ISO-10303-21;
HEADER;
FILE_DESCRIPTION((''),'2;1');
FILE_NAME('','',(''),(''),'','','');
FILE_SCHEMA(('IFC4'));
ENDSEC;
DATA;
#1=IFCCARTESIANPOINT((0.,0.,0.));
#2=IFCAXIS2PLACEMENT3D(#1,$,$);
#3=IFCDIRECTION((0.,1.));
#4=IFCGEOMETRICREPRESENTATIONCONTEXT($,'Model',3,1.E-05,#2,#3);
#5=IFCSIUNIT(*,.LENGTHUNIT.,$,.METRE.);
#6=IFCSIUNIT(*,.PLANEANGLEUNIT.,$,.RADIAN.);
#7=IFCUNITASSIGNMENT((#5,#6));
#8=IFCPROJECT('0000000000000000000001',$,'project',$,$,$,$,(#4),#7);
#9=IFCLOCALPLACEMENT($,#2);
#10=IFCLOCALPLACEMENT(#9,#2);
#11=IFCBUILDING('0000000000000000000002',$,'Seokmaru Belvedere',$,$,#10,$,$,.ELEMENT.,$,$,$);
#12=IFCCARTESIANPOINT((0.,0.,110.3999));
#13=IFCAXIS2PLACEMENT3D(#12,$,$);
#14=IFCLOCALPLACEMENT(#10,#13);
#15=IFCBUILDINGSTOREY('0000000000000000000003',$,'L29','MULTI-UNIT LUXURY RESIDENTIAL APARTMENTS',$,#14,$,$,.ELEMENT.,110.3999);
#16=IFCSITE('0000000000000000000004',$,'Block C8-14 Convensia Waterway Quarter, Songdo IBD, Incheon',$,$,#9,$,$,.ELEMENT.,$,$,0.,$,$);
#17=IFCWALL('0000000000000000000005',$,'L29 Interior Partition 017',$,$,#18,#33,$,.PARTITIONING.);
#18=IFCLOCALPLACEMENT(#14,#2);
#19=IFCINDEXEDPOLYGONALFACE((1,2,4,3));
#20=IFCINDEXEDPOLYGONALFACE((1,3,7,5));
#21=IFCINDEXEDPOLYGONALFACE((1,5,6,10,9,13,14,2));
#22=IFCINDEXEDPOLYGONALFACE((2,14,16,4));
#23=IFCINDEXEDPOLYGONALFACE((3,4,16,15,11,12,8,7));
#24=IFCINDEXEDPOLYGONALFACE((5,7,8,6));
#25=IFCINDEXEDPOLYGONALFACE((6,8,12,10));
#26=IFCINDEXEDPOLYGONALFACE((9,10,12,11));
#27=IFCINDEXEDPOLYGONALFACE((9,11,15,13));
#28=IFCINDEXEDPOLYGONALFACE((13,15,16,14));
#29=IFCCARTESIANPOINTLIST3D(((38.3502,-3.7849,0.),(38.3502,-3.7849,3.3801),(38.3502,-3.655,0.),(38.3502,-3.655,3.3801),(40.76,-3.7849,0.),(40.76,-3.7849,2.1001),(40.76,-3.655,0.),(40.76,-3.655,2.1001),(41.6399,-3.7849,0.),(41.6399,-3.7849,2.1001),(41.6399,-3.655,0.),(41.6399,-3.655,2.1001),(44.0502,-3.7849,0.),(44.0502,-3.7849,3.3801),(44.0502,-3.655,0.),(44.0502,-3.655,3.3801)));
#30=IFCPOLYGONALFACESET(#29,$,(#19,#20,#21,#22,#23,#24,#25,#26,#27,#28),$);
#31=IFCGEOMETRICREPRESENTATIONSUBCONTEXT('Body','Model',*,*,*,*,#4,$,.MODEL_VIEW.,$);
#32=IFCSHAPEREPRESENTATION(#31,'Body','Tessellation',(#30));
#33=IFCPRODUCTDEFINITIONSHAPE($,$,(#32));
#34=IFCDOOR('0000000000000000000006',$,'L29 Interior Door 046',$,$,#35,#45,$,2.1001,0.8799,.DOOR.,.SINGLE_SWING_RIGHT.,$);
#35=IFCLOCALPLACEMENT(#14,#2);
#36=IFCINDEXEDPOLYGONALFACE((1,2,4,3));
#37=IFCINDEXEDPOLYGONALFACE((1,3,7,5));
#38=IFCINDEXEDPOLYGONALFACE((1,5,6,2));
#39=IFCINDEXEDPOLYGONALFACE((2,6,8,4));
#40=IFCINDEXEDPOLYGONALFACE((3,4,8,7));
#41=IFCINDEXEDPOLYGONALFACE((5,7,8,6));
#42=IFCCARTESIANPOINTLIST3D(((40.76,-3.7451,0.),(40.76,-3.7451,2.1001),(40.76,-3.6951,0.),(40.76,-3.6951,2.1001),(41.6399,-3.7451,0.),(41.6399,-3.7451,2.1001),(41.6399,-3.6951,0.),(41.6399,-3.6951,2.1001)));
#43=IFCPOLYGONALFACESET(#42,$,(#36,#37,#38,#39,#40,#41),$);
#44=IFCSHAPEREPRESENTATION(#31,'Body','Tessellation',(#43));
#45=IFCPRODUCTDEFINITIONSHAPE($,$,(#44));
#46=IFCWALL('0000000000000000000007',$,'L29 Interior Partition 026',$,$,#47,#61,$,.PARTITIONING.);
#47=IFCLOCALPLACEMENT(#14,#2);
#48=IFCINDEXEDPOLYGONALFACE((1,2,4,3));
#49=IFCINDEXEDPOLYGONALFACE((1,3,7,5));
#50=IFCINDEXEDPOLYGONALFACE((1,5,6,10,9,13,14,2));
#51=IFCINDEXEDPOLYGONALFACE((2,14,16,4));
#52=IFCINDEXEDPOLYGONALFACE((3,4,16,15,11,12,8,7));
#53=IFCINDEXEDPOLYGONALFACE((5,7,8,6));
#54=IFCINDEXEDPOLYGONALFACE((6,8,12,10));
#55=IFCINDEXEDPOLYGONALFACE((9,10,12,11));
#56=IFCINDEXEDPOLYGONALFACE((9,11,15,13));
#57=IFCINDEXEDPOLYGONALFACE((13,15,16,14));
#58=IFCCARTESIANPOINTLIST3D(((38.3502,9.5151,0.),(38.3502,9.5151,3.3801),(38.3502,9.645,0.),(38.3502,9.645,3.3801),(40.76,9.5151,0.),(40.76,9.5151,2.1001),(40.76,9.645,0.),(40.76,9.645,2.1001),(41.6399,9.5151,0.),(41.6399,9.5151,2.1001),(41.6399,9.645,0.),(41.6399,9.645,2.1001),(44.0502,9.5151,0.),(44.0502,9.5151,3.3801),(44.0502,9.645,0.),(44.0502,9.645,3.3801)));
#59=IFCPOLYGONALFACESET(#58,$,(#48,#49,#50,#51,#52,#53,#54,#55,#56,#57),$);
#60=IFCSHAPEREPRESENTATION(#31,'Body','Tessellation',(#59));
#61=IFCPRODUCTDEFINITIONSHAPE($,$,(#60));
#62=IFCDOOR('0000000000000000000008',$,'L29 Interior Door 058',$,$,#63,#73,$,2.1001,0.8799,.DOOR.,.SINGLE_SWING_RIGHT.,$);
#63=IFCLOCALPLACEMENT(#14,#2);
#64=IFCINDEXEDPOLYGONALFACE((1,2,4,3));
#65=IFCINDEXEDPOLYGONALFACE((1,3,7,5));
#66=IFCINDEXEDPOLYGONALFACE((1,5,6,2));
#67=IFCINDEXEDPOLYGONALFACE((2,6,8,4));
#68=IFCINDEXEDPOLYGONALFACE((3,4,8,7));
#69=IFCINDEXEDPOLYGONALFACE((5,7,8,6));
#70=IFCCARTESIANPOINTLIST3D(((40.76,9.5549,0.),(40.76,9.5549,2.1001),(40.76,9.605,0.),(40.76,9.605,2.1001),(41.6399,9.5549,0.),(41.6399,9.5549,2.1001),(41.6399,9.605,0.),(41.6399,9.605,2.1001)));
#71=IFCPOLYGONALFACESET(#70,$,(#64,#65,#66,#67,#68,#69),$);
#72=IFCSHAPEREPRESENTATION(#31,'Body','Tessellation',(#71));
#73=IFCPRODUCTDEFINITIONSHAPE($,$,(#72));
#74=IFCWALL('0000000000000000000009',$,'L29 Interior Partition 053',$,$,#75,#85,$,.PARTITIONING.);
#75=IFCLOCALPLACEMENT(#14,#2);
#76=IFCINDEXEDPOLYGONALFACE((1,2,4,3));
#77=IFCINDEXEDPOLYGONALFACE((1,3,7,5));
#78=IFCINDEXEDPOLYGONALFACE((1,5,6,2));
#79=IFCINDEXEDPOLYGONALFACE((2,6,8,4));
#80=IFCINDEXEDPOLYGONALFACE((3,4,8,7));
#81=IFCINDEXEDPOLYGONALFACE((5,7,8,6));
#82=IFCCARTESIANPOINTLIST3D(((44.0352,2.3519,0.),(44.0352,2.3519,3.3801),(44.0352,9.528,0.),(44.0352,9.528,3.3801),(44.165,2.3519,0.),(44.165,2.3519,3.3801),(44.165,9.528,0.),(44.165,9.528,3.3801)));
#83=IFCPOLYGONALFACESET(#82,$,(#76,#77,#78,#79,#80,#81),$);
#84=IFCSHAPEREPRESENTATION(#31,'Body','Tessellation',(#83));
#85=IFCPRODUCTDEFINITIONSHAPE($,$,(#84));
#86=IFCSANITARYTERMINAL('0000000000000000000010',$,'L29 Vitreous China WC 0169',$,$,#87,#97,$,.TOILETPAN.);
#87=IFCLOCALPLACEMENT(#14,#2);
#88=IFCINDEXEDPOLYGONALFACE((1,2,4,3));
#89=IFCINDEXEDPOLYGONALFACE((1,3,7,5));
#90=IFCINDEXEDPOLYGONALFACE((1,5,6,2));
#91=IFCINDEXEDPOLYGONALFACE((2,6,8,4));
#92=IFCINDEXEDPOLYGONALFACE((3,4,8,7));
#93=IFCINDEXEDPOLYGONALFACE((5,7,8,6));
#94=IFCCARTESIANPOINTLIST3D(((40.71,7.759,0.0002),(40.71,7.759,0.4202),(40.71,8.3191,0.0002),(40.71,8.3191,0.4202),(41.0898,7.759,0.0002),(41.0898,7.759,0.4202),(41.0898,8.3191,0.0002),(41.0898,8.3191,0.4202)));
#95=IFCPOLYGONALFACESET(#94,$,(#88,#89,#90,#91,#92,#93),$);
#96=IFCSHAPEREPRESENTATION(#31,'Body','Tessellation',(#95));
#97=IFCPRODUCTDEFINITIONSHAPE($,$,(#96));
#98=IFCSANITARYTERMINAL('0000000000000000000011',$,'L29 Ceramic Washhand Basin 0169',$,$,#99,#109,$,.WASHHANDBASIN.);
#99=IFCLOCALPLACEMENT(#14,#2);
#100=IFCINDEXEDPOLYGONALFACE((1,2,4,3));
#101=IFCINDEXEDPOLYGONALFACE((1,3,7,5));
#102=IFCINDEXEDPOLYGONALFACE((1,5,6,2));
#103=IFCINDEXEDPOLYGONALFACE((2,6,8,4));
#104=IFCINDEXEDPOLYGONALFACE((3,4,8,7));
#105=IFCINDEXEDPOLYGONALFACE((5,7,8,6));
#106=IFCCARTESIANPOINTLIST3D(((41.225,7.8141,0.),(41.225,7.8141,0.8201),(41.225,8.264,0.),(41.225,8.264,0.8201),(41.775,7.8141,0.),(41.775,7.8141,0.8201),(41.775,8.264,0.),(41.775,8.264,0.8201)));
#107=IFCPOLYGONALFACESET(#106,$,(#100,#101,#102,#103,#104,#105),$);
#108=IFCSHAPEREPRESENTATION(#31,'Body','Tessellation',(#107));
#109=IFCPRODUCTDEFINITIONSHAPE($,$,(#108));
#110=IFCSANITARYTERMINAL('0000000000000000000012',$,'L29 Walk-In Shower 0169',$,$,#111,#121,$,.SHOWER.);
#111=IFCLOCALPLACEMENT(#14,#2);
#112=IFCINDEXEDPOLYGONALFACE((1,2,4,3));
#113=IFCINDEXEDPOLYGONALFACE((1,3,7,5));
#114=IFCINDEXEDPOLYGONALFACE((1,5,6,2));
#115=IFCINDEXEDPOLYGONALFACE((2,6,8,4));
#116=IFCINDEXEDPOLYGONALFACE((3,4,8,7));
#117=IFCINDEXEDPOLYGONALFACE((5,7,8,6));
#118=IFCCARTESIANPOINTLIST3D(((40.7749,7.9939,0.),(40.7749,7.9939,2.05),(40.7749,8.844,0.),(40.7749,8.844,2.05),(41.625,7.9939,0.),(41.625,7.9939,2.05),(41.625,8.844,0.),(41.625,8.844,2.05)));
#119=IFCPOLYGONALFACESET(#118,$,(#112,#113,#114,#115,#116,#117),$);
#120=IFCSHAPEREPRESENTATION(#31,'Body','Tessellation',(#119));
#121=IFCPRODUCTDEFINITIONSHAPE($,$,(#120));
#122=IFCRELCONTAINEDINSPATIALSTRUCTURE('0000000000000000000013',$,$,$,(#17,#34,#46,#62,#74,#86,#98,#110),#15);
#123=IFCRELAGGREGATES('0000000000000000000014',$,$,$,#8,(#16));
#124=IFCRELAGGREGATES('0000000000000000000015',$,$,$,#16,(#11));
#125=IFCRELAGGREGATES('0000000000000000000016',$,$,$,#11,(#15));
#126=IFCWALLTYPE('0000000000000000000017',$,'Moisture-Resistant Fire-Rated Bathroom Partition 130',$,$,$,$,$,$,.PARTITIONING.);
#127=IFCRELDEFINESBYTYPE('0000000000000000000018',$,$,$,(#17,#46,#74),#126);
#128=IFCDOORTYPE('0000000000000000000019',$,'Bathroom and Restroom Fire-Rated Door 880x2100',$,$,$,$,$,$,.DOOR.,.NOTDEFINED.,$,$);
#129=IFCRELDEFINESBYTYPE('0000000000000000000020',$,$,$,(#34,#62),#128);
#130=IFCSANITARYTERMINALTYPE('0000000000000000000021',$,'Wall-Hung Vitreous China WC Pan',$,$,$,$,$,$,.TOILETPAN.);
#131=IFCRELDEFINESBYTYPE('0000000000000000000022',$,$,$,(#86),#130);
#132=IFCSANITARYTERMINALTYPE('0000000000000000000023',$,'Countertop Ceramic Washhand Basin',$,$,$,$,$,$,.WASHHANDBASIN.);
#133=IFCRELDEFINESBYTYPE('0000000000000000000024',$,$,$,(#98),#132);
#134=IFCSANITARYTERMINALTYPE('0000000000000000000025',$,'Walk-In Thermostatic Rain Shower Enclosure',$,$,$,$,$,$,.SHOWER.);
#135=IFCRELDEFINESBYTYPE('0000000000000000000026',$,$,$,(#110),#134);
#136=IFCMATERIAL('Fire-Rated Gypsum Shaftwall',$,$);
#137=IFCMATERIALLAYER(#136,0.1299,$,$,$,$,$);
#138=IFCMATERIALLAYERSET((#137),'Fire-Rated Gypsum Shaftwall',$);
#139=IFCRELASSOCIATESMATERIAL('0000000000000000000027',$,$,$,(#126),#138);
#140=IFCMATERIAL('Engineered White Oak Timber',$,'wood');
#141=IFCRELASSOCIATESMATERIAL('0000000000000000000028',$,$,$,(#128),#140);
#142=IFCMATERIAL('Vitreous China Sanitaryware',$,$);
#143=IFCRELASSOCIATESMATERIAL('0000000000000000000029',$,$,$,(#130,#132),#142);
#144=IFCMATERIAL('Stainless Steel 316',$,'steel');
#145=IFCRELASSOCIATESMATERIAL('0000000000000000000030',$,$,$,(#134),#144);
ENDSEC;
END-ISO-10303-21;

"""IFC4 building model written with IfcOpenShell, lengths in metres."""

from ifc_helpers import new_model, si_unit, direction, frame, frame_2d, origin, origin_2d, place, context, subcontext, project, spatial, rectangle, extrude, source, transform, mapped, material, layer, layer_set, type_object, type_shapes, element, fill, save


model = new_model("IFC4")

# Units and contexts
model_context = context("Model", 3, precision=1e-05, world=origin(), true_north=direction((0.0, 1.0)))
body_context = subcontext(model_context, "Body", "Model", "MODEL_VIEW")
ifc_project = project(units=[si_unit("LENGTHUNIT", "METRE"), si_unit("PLANEANGLEUNIT", "RADIAN")], contexts=[model_context])

# Site, building, storey
site_placement = place(None, origin())
site = spatial("IfcSite", under=ifc_project, at=site_placement, Name="Block C8-14 Convensia Waterway Quarter, Songdo IBD, Incheon", CompositionType="ELEMENT", RefElevation=0.0)
building_placement = place(site_placement, origin())
building = spatial("IfcBuilding", under=site, at=building_placement, Name="Seokmaru Belvedere", CompositionType="ELEMENT")
storey_placement = place(building_placement, frame((0.0, 0.0, 110.3999)))
storey = spatial("IfcBuildingStorey", under=building, at=storey_placement, Name="L29", Description="MULTI-UNIT LUXURY RESIDENTIAL APARTMENTS", CompositionType="ELEMENT", Elevation=110.3999)

# Shared definitions
ifc_material_1 = material(Name="Fire-Rated Gypsum Shaftwall")
ifc_material_2 = material(Name="Engineered White Oak Timber", Category="wood")

# Walls, openings, doors
ifc_layer_1 = layer(ifc_material_1, 0.1299)
ifc_layer_set_1 = layer_set([ifc_layer_1], Name="Fire-Rated Gypsum Shaftwall")
wall_type_1 = type_object("IfcWallType", Name="Moisture-Resistant Fire-Rated Bathroom Partition 130", PredefinedType="PARTITIONING", material=ifc_layer_set_1)
wall_1_placement = place(storey_placement, frame((38.3501, -3.72, 0.0), z_axis=(0.0, 0.0, 1.0), x_axis=(1.0, 0.0, 0.0)))
wall_1 = element("IfcWall", 1, at=wall_1_placement, inside=storey, type_object=wall_type_1, Name="L29 Interior Partition 017", PredefinedType="PARTITIONING", context=body_context, shape_type="SweptSolid", body=[
    extrude(rectangle(XDim=5.7, YDim=0.1299, at=frame_2d((2.8501, 0.0))), origin(), (0.0, 0.0, 1.0), 3.3801),
])
opening_1_placement = place(wall_1_placement, frame((2.4099, 0.0, 0.0)))
opening_1 = element("IfcOpeningElement", 2, at=opening_1_placement, cuts=wall_1, PredefinedType="OPENING", context=body_context, shape_type="SweptSolid", body=[
    extrude(rectangle(XDim=0.8799, YDim=2.1001, at=frame_2d((0.4399, 1.05))), frame((0.0, 0.075, 0.0), z_axis=(0.0, -1.0, 0.0), x_axis=(1.0, 0.0, 0.0)), (0.0, 0.0, 1.0), 0.1499),
])
door_type_1 = type_object("IfcDoorType", Name="Bathroom and Restroom Fire-Rated Door 880x2100", OperationType="NOTDEFINED", PredefinedType="DOOR", material=ifc_material_2)
shared_shape_1 = source(origin(), body_context, "Body", "SweptSolid", [
    extrude(rectangle(XDim=0.8799, YDim=2.1001, at=frame_2d((0.4399, 1.05))), frame((0.0, 0.0249, 0.0), z_axis=(0.0, -1.0, 0.0), x_axis=(1.0, 0.0, 0.0)), (0.0, 0.0, 1.0), 0.05),
])
type_shapes(door_type_1, [shared_shape_1])
door_1_placement = place(opening_1_placement, origin())
door_1 = element("IfcDoor", 3, at=door_1_placement, inside=storey, type_object=door_type_1, Name="L29 Interior Door 046", OperationType="SINGLE_SWING_RIGHT", OverallHeight=2.1001, OverallWidth=0.8799, PredefinedType="DOOR", context=body_context, shape_type="MappedRepresentation", body=[
    mapped(shared_shape_1, transform((0.0, 0.0, 0.0), scale=1.0)),
])
fill(opening_1, door_1)
wall_2_placement = place(storey_placement, frame((38.3501, 9.5801, 0.0), z_axis=(0.0, 0.0, 1.0), x_axis=(1.0, 0.0, 0.0)))
wall_2 = element("IfcWall", 4, at=wall_2_placement, inside=storey, type_object=wall_type_1, Name="L29 Interior Partition 026", PredefinedType="PARTITIONING", context=body_context, shape_type="SweptSolid", body=[
    extrude(rectangle(XDim=5.7, YDim=0.1299, at=frame_2d((2.8501, 0.0))), origin(), (0.0, 0.0, 1.0), 3.3801),
])
opening_2_placement = place(wall_2_placement, frame((2.4099, 0.0, 0.0)))
opening_2 = element("IfcOpeningElement", 5, at=opening_2_placement, cuts=wall_2, PredefinedType="OPENING", context=body_context, shape_type="SweptSolid", body=[
    extrude(rectangle(XDim=0.8799, YDim=2.1001, at=frame_2d((0.4399, 1.05))), frame((0.0, 0.075, 0.0), z_axis=(0.0, -1.0, 0.0), x_axis=(1.0, 0.0, 0.0)), (0.0, 0.0, 1.0), 0.1499),
])
door_2_placement = place(opening_2_placement, origin())
door_2 = element("IfcDoor", 6, at=door_2_placement, inside=storey, type_object=door_type_1, Name="L29 Interior Door 058", OperationType="SINGLE_SWING_RIGHT", OverallHeight=2.1001, OverallWidth=0.8799, PredefinedType="DOOR", context=body_context, shape_type="MappedRepresentation", body=[
    mapped(shared_shape_1, transform((0.0, 0.0, 0.0), scale=1.0)),
])
fill(opening_2, door_2)

# Wall
wall_3_placement = place(storey_placement, frame((44.1001, 2.3521, 0.0), z_axis=(0.0, 0.0, 1.0), x_axis=(0.0, 1.0, 0.0)))
element("IfcWall", 7, at=wall_3_placement, inside=storey, type_object=wall_type_1, Name="L29 Interior Partition 053", PredefinedType="PARTITIONING", context=body_context, shape_type="SweptSolid", body=[
    extrude(rectangle(XDim=7.176, YDim=0.1299, at=frame_2d((3.5879, 0.0))), origin(), (0.0, 0.0, 1.0), 3.3801),
])

# Sanitary terminals
ifc_material_3 = material(Name="Vitreous China Sanitaryware")
sanitary_terminal_type_1 = type_object("IfcSanitaryTerminalType", Name="Wall-Hung Vitreous China WC Pan", PredefinedType="TOILETPAN", material=ifc_material_3)
shared_shape_2 = source(origin(), body_context, "Body", "SweptSolid", [
    extrude(rectangle(XDim=0.3799, YDim=0.5601, at=origin_2d()), origin(), (0.0, 0.0, 1.0), 0.4199),
])
type_shapes(sanitary_terminal_type_1, [shared_shape_2])
sanitary_terminal_1_placement = place(storey_placement, frame((40.8999, 8.0391, 0.0002), z_axis=(0.0, 0.0, 1.0), x_axis=(1.0, 0.0, 0.0)))
element("IfcSanitaryTerminal", 8, at=sanitary_terminal_1_placement, inside=storey, type_object=sanitary_terminal_type_1, Name="L29 Vitreous China WC 0169", PredefinedType="TOILETPAN", context=body_context, shape_type="MappedRepresentation", body=[
    mapped(shared_shape_2, transform((0.0, 0.0, 0.0), scale=1.0)),
])
sanitary_terminal_type_2 = type_object("IfcSanitaryTerminalType", Name="Countertop Ceramic Washhand Basin", PredefinedType="WASHHANDBASIN", material=ifc_material_3)
shared_shape_3 = source(origin(), body_context, "Body", "SweptSolid", [
    extrude(rectangle(XDim=0.55, YDim=0.45, at=origin_2d()), origin(), (0.0, 0.0, 1.0), 0.8201),
])
type_shapes(sanitary_terminal_type_2, [shared_shape_3])
sanitary_terminal_2_placement = place(storey_placement, frame((41.5, 8.0391, 0.0), z_axis=(0.0, 0.0, 1.0), x_axis=(1.0, 0.0, 0.0)))
element("IfcSanitaryTerminal", 9, at=sanitary_terminal_2_placement, inside=storey, type_object=sanitary_terminal_type_2, Name="L29 Ceramic Washhand Basin 0169", PredefinedType="WASHHANDBASIN", context=body_context, shape_type="MappedRepresentation", body=[
    mapped(shared_shape_3, transform((0.0, 0.0, 0.0), scale=1.0)),
])
ifc_material_4 = material(Name="Stainless Steel 316", Category="steel")
sanitary_terminal_type_3 = type_object("IfcSanitaryTerminalType", Name="Walk-In Thermostatic Rain Shower Enclosure", PredefinedType="SHOWER", material=ifc_material_4)
shared_shape_4 = source(origin(), body_context, "Body", "SweptSolid", [
    extrude(rectangle(XDim=0.8501, YDim=0.8501, at=origin_2d()), origin(), (0.0, 0.0, 1.0), 2.05),
])
type_shapes(sanitary_terminal_type_3, [shared_shape_4])
sanitary_terminal_3_placement = place(storey_placement, frame((41.2, 8.4189, 0.0), z_axis=(0.0, 0.0, 1.0), x_axis=(1.0, 0.0, 0.0)))
element("IfcSanitaryTerminal", 10, at=sanitary_terminal_3_placement, inside=storey, type_object=sanitary_terminal_type_3, Name="L29 Walk-In Shower 0169", PredefinedType="SHOWER", context=body_context, shape_type="MappedRepresentation", body=[
    mapped(shared_shape_4, transform((0.0, 0.0, 0.0), scale=1.0)),
])

save(model, "model.ifc")
